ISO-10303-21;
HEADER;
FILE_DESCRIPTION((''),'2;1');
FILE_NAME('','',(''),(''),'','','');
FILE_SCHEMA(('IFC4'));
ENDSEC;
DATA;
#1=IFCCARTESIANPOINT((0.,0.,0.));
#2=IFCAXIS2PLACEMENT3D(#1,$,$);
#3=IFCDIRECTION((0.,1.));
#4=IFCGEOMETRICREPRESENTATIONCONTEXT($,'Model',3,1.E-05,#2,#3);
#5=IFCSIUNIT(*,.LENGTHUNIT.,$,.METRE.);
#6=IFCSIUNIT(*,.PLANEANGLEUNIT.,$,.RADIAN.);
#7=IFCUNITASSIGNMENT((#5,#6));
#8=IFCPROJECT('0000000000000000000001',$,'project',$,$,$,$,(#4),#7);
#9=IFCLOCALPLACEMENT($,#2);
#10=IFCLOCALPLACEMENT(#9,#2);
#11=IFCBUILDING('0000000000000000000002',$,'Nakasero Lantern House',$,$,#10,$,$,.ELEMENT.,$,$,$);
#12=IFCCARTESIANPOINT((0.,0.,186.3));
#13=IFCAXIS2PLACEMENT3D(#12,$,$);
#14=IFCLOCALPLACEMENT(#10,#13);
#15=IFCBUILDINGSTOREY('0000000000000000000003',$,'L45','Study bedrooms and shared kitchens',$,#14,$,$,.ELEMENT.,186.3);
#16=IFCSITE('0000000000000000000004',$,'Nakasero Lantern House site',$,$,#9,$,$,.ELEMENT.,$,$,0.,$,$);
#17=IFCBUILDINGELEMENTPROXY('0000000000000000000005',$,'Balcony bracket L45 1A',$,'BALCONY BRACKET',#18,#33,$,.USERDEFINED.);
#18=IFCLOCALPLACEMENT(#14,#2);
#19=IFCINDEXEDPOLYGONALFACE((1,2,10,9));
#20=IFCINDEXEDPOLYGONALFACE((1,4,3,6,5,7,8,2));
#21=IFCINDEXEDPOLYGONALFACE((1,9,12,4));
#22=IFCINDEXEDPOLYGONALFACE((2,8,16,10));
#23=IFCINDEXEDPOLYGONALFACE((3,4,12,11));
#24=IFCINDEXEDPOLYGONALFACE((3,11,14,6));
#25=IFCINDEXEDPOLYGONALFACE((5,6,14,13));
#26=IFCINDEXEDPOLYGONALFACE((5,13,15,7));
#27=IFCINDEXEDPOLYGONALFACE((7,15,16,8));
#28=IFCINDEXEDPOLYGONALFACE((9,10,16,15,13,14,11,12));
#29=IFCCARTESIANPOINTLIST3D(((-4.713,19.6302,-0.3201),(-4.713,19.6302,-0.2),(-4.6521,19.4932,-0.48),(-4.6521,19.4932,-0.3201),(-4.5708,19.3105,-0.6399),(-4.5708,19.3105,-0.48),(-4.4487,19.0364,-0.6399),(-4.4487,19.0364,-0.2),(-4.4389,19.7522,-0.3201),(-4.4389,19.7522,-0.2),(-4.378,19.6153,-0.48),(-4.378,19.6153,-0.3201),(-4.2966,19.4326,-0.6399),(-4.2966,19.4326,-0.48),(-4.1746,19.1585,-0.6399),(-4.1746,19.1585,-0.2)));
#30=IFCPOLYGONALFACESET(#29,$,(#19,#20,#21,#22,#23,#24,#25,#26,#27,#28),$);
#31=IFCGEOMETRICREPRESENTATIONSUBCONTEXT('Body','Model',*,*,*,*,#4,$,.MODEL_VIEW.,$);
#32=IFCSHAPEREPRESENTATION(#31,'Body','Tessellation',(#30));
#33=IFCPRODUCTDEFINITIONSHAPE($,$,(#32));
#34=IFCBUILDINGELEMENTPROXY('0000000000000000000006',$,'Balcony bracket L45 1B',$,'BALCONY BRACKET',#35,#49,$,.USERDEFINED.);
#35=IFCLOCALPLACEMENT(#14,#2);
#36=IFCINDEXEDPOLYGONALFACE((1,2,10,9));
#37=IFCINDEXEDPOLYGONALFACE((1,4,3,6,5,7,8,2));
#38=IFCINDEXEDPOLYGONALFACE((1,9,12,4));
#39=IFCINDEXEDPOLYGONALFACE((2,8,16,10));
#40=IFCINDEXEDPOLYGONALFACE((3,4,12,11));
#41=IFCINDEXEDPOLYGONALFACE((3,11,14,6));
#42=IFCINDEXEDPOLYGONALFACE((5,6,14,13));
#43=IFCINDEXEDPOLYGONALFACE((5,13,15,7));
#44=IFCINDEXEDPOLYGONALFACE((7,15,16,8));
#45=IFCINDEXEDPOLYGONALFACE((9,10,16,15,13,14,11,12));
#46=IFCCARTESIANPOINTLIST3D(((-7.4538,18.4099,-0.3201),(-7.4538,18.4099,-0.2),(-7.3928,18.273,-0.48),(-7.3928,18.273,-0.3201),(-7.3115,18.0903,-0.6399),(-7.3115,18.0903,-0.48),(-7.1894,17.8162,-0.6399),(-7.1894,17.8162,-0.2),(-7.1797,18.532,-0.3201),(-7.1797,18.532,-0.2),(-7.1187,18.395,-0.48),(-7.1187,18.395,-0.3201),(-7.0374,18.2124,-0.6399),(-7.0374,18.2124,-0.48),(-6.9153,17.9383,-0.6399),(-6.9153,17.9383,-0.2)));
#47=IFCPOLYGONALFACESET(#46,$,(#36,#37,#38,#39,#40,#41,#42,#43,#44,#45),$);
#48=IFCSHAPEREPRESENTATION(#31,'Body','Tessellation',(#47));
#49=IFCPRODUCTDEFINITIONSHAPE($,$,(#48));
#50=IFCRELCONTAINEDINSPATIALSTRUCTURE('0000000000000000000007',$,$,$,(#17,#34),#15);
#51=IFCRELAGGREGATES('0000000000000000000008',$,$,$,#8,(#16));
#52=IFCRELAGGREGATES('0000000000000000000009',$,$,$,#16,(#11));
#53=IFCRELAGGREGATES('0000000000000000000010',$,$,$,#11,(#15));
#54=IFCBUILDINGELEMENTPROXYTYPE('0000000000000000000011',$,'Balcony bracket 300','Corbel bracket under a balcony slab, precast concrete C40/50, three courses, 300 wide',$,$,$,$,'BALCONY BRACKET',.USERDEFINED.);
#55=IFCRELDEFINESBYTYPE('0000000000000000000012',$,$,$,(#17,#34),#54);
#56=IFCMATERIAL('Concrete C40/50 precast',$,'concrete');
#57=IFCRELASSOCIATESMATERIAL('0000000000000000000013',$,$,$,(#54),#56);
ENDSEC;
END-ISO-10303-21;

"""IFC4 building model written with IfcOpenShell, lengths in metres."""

from ifc_helpers import new_model, si_unit, direction, frame, origin, place, context, subcontext, project, spatial, polyline, outline, extrude, material, type_object, element, save


model = new_model("IFC4")

# Units and contexts
model_context = context("Model", 3, precision=1e-05, world=origin(), true_north=direction((0.0, 1.0)))
body_context = subcontext(model_context, "Body", "Model", "MODEL_VIEW")
ifc_project = project(units=[si_unit("LENGTHUNIT", "METRE"), si_unit("PLANEANGLEUNIT", "RADIAN")], contexts=[model_context])

# Site, building, storey
site_placement = place(None, origin())
site = spatial("IfcSite", under=ifc_project, at=site_placement, Name="Nakasero Lantern House site", CompositionType="ELEMENT", RefElevation=0.0)
building_placement = place(site_placement, origin())
building = spatial("IfcBuilding", under=site, at=building_placement, Name="Nakasero Lantern House", CompositionType="ELEMENT")
storey_placement = place(building_placement, frame((0.0, 0.0, 186.3)))
storey = spatial("IfcBuildingStorey", under=building, at=storey_placement, Name="L45", Description="Study bedrooms and shared kitchens", CompositionType="ELEMENT", Elevation=186.3)

# Building element proxies
ifc_material_1 = material(Name="Concrete C40/50 precast", Category="concrete")
building_element_proxy_type = type_object("IfcBuildingElementProxyType", Name="Balcony bracket 300", Description="Corbel bracket under a balcony slab, precast concrete C40/50, three courses, 300 wide", ElementType="BALCONY BRACKET", PredefinedType="USERDEFINED", material=ifc_material_1)
for number, where, z_axis, x_axis, name in (
    (1, (-4.3118, 19.0974, -0.2), (0.0, 0.0, 1.0), (-0.406737, 0.913545, 0.0), "Balcony bracket L45 1A"),
    (2, (-7.0525, 17.8772, -0.2), (0.0, 0.0, 1.0), (-0.406737, 0.913545, 0.0), "Balcony bracket L45 1B"),
):
    element("IfcBuildingElementProxy", number, at=place(storey_placement, frame(where, z_axis=z_axis, x_axis=x_axis)), inside=storey, type_object=building_element_proxy_type, Name=name, ObjectType="BALCONY BRACKET", PredefinedType="USERDEFINED", context=body_context, shape_type="SweptSolid", body=[
        extrude(outline(polyline([(0.0, 0.0), (0.6499, 0.0), (0.6499, -0.1201), (0.5, -0.1201), (0.5, -0.28), (0.3, -0.28), (0.3, -0.4399), (0.0, -0.4399), (0.0, 0.0)])), frame((0.0, 0.1499, 0.0), z_axis=(0.0, -1.0, 0.0), x_axis=(1.0, 0.0, 0.0)), (0.0, 0.0, 1.0), 0.3),
    ])

save(model, "model.ifc")
